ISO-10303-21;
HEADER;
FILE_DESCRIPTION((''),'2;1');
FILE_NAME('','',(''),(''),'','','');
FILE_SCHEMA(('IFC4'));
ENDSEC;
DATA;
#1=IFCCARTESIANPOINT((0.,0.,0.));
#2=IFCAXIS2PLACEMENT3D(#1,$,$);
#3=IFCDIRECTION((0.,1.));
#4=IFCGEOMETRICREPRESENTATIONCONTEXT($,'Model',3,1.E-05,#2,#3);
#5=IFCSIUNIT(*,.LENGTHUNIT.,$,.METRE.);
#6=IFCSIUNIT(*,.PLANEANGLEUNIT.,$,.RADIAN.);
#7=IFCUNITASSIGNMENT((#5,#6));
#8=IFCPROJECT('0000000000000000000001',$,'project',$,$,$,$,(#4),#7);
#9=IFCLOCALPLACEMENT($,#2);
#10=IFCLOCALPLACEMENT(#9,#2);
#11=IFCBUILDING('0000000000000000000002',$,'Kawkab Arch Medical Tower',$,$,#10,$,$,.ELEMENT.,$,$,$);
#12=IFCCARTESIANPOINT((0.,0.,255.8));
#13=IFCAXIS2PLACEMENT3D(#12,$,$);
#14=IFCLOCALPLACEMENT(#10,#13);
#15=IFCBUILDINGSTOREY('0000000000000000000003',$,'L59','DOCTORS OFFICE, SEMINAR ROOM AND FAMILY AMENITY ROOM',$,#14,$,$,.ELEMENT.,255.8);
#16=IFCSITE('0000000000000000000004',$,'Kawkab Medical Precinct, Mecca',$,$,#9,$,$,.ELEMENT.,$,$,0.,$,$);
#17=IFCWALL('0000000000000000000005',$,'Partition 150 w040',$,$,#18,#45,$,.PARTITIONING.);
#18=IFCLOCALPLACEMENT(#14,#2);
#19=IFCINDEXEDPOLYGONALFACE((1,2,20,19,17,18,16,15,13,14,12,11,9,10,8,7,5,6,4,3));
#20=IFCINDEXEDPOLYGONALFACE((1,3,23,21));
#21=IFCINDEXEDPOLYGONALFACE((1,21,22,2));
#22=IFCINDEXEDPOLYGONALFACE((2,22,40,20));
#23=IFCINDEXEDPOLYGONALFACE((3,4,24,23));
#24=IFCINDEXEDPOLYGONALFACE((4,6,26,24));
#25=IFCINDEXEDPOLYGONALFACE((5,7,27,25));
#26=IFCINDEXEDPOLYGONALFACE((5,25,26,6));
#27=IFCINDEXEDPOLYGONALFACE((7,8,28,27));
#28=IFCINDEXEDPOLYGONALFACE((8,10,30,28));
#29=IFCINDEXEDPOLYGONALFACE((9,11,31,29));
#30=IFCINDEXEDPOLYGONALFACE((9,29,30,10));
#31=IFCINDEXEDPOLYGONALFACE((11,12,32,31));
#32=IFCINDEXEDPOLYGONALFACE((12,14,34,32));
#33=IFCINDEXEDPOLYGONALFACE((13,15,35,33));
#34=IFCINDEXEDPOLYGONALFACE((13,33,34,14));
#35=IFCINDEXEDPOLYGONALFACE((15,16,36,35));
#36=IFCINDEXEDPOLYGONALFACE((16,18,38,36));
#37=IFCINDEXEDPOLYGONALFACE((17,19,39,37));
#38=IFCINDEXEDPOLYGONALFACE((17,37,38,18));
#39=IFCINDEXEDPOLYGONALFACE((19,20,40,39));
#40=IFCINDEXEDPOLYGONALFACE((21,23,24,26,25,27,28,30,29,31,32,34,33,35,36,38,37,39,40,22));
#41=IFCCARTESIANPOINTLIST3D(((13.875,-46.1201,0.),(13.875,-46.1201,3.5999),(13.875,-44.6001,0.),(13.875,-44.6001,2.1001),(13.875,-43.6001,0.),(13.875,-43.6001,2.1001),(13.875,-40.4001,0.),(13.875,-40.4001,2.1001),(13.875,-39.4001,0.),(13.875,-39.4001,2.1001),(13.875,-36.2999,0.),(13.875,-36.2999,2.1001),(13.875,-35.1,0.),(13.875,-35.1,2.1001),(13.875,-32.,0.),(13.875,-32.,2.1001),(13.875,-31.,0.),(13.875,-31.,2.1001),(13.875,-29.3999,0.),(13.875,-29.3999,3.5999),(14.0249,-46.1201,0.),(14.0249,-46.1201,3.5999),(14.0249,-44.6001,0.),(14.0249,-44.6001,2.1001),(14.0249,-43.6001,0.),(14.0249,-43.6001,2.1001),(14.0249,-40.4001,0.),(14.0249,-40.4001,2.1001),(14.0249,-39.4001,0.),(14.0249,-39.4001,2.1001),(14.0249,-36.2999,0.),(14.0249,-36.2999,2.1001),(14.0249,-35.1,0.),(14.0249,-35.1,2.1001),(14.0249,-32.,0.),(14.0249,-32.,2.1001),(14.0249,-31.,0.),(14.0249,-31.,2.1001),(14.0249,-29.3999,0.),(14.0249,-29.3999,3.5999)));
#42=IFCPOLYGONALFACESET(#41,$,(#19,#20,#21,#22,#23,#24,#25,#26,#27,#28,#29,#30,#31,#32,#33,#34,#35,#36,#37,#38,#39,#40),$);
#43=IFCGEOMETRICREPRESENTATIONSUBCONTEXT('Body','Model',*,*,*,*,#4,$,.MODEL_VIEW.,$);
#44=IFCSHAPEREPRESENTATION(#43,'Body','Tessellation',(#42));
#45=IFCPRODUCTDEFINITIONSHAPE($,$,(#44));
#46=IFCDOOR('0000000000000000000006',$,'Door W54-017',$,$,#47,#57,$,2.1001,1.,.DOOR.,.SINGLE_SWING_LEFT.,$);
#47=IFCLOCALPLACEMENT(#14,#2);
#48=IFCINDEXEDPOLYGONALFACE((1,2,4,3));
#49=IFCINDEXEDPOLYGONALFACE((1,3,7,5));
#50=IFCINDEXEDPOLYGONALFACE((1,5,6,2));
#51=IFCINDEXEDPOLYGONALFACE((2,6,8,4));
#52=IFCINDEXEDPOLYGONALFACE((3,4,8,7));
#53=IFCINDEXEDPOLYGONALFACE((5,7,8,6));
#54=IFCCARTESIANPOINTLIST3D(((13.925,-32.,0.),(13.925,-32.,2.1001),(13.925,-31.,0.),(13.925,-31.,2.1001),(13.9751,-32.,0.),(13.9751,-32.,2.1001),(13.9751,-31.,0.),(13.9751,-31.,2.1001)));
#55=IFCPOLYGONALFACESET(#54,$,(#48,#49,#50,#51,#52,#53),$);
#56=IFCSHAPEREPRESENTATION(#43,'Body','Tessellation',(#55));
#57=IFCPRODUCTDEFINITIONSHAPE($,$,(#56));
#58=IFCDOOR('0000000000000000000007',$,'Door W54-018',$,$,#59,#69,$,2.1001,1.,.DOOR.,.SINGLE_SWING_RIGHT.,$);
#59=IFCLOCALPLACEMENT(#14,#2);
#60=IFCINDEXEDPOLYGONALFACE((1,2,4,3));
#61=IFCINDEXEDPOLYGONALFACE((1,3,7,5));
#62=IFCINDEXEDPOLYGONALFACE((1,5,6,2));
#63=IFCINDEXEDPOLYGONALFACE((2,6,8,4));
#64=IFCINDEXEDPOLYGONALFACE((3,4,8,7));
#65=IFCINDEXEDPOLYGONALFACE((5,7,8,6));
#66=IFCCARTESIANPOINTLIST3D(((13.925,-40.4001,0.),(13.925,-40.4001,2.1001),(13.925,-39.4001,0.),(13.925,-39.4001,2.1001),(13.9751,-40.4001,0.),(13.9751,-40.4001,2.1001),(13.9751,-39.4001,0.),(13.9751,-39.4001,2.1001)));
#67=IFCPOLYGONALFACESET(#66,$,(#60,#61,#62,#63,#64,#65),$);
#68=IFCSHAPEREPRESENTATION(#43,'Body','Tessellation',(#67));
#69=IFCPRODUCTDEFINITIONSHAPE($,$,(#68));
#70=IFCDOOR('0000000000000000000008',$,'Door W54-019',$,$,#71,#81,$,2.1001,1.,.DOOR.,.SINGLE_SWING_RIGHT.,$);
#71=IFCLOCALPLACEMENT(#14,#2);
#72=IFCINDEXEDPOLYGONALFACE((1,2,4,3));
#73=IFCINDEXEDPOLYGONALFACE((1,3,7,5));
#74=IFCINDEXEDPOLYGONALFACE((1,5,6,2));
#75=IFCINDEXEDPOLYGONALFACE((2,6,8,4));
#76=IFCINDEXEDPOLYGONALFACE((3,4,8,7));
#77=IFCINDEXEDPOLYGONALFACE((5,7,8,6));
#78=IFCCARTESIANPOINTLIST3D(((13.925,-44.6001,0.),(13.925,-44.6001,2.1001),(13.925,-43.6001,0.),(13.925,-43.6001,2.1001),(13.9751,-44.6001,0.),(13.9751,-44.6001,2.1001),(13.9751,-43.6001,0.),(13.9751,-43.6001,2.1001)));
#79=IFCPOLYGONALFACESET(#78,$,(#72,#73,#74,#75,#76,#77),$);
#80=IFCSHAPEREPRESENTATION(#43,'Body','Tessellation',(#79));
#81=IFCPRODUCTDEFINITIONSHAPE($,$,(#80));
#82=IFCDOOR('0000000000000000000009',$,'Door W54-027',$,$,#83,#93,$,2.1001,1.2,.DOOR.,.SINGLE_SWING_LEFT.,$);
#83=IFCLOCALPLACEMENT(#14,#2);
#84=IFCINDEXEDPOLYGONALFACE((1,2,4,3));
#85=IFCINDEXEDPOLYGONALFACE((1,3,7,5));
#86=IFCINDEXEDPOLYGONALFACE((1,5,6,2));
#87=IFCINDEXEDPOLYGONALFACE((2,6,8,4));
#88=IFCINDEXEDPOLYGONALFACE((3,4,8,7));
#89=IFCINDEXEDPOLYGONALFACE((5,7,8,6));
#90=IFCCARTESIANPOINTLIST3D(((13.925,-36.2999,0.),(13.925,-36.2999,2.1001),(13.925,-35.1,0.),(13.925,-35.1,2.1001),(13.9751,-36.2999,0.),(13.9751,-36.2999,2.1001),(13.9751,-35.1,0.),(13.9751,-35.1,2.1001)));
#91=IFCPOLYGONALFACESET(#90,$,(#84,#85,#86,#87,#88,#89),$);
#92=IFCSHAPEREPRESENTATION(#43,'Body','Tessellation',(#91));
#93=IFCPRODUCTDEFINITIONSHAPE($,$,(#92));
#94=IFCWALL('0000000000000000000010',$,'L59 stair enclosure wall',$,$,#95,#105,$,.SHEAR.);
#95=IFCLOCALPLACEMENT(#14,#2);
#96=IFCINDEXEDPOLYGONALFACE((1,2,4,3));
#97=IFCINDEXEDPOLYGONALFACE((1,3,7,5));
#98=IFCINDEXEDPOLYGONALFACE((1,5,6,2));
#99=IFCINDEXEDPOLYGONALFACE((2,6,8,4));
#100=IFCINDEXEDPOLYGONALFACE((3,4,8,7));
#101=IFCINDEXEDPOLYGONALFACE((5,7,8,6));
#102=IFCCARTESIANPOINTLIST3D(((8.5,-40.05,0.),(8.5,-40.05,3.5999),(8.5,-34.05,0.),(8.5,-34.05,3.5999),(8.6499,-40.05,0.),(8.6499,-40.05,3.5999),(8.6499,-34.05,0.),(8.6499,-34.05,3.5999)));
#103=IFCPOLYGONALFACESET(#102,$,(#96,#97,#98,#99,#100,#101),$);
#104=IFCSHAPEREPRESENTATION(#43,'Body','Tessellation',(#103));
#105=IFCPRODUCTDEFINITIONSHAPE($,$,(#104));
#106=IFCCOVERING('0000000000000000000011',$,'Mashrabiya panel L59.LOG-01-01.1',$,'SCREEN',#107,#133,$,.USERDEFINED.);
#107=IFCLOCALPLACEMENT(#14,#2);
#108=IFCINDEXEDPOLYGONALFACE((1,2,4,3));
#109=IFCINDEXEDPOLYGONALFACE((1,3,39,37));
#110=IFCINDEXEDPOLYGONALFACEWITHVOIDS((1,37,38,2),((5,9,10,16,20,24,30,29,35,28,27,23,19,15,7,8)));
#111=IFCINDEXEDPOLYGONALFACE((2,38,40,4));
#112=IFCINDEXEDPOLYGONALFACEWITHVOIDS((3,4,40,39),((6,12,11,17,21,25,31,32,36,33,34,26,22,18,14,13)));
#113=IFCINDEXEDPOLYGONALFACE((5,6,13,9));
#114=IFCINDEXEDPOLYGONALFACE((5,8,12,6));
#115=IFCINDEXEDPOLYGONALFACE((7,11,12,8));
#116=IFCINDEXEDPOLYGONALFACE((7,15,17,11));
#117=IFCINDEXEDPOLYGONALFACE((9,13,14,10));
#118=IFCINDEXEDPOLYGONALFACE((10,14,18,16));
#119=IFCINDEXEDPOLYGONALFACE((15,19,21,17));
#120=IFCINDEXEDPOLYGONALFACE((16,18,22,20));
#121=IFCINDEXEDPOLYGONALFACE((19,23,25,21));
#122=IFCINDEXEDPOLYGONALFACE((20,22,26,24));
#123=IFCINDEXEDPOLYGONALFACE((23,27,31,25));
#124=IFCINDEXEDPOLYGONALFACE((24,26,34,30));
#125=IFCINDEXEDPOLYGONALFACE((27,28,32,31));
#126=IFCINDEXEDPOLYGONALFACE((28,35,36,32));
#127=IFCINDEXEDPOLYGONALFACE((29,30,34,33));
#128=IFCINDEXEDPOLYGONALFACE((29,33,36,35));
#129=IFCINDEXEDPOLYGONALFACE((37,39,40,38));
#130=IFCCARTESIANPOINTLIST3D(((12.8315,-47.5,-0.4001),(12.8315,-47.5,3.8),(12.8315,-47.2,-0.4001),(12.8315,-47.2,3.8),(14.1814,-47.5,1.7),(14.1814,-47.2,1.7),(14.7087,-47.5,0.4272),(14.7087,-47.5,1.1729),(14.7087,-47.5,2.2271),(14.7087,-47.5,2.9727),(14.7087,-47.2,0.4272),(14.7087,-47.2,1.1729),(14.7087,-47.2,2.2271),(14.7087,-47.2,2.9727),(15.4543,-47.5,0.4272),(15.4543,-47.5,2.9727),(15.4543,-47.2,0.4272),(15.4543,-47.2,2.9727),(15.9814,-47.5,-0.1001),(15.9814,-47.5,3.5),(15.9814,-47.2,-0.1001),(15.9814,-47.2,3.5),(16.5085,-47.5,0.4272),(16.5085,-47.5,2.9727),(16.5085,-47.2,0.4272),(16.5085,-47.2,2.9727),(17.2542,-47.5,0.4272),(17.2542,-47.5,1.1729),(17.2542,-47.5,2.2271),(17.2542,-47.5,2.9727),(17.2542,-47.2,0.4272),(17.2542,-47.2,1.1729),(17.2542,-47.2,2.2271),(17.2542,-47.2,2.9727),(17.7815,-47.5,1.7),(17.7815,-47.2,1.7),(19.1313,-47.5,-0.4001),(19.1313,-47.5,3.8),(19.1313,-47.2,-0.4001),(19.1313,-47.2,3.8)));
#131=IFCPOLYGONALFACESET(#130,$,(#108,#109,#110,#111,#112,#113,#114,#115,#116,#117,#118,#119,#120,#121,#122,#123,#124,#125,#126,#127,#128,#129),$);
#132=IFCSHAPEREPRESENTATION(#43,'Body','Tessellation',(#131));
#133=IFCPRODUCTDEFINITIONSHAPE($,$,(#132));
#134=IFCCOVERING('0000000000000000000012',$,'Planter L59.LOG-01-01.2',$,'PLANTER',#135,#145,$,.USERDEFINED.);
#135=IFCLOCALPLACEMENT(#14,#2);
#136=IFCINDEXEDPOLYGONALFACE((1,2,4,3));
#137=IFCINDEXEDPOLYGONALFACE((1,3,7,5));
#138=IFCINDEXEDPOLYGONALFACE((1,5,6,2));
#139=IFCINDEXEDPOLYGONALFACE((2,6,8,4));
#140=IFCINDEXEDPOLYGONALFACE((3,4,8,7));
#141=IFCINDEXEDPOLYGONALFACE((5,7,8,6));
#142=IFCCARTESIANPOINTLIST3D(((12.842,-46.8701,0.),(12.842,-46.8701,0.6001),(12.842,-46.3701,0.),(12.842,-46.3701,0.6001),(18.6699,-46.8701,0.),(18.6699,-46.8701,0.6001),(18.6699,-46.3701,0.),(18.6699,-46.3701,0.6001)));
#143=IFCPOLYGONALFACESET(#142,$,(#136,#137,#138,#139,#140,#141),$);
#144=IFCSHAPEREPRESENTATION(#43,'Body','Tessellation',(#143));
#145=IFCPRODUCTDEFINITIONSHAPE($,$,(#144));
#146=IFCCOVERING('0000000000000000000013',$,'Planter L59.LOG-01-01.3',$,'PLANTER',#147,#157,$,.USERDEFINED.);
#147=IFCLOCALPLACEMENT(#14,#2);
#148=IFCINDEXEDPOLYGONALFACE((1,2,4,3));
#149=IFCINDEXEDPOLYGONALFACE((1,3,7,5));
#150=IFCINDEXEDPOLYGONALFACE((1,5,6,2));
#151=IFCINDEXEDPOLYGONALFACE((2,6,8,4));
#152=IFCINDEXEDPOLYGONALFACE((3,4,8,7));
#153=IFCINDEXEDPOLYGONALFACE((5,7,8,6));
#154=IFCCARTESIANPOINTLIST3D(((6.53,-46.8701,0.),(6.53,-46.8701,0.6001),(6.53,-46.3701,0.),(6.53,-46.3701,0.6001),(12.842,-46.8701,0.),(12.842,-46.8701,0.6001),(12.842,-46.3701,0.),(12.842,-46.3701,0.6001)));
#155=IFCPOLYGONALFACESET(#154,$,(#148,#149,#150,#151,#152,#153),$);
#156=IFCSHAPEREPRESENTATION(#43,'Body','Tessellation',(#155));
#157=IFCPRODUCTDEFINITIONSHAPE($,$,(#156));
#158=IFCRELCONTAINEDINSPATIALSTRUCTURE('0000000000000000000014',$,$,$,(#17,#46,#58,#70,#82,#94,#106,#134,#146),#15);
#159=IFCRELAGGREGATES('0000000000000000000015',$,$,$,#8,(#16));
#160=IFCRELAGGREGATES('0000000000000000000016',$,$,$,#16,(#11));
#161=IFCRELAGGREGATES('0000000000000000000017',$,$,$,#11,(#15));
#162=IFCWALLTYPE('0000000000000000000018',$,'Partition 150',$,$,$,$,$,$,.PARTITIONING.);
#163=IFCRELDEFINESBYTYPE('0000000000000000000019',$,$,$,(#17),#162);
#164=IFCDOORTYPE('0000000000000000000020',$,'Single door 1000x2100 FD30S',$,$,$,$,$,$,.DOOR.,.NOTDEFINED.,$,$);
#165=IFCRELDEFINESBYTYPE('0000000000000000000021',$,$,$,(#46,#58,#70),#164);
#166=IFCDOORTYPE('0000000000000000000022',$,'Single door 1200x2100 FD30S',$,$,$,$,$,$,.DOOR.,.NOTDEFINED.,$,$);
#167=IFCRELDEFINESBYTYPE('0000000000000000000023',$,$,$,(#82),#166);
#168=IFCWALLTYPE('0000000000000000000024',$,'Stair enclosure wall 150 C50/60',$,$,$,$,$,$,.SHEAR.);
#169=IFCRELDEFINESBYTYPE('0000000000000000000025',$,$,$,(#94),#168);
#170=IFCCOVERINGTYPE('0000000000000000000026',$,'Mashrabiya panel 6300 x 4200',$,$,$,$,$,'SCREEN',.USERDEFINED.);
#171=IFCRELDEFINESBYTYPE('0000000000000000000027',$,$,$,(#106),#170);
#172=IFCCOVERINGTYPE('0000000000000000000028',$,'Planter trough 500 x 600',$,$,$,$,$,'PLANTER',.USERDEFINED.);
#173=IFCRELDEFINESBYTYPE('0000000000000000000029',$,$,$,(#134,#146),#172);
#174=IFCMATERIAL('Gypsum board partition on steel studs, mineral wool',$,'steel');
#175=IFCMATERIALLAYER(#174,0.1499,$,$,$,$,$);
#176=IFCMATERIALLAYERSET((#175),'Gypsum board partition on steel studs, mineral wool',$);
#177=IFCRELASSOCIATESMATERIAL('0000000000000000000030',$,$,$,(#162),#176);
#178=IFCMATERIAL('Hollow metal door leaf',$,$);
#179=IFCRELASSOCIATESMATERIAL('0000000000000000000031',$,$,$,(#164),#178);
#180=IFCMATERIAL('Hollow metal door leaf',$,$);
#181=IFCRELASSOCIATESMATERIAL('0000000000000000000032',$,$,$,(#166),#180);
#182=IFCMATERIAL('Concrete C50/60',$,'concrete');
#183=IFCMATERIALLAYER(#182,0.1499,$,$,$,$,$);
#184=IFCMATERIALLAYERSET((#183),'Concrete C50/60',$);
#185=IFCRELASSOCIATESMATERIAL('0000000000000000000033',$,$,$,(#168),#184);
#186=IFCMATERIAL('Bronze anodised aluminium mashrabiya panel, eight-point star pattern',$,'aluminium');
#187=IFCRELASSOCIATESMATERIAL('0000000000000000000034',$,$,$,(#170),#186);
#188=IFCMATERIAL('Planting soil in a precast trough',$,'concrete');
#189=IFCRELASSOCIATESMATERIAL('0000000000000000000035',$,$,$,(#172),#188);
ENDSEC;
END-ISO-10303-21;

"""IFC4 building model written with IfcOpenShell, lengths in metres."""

from ifc_helpers import new_model, si_unit, direction, frame, frame_2d, origin, origin_2d, place, context, subcontext, project, spatial, polyline, rectangle, outline, extrude, material, layer, layer_set, material_profile, profile_set, type_object, element, fill, save


model = new_model("IFC4")

# Units and contexts
model_context = context("Model", 3, precision=1e-05, world=origin(), true_north=direction((0.0, 1.0)))
body_context = subcontext(model_context, "Body", "Model", "MODEL_VIEW")
ifc_project = project(units=[si_unit("LENGTHUNIT", "METRE"), si_unit("PLANEANGLEUNIT", "RADIAN")], contexts=[model_context])

# Site, building, storey
site_placement = place(None, origin())
site = spatial("IfcSite", under=ifc_project, at=site_placement, Name="Kawkab Medical Precinct, Mecca", CompositionType="ELEMENT", RefElevation=0.0)
building_placement = place(site_placement, origin())
building = spatial("IfcBuilding", under=site, at=building_placement, Name="Kawkab Arch Medical Tower", CompositionType="ELEMENT")
storey_placement = place(building_placement, frame((0.0, 0.0, 255.8)))
storey = spatial("IfcBuildingStorey", under=building, at=storey_placement, Name="L59", Description="DOCTORS OFFICE, SEMINAR ROOM AND FAMILY AMENITY ROOM", CompositionType="ELEMENT", Elevation=255.8)

# Shared definitions
ifc_material_1 = material(Name="Gypsum board partition on steel studs, mineral wool", Category="steel")
ifc_layer_1 = layer(ifc_material_1, 0.1499)
ifc_layer_set_1 = layer_set([ifc_layer_1], Name="Gypsum board partition on steel studs, mineral wool")
wall_type_1 = type_object("IfcWallType", Name="Partition 150", PredefinedType="PARTITIONING", material=ifc_layer_set_1)

# Shared definitions
ifc_material_2 = material(Name="Hollow metal door leaf")
door_type_1 = type_object("IfcDoorType", Name="Single door 1000x2100 FD30S", OperationType="NOTDEFINED", PredefinedType="DOOR", material=ifc_material_2)

# Wall, openings, doors
wall_1_placement = place(storey_placement, frame((13.95, -46.1201, 0.0), z_axis=(0.0, 0.0, 1.0), x_axis=(0.0, 1.0, 0.0)))
wall_1 = element("IfcWall", 1, at=wall_1_placement, inside=storey, type_object=wall_type_1, Name="Partition 150 w040", PredefinedType="PARTITIONING", context=body_context, shape_type="SweptSolid", body=[
    extrude(rectangle(XDim=16.7202, YDim=0.1499, at=frame_2d((8.3601, 0.0))), origin(), (0.0, 0.0, 1.0), 3.5999),
])
opening_1_placement = place(wall_1_placement, frame((14.1201, 0.0, 0.0)))
opening_1 = element("IfcOpeningElement", 2, at=opening_1_placement, cuts=wall_1, PredefinedType="OPENING", context=body_context, shape_type="SweptSolid", body=[
    extrude(rectangle(XDim=1.0, YDim=2.1001, at=frame_2d((0.5, 1.05))), frame((0.0, 0.085, 0.0), z_axis=(0.0, -1.0, 0.0), x_axis=(1.0, 0.0, 0.0)), (0.0, 0.0, 1.0), 0.1699),
])
opening_2_placement = place(wall_1_placement, frame((9.8201, 0.0, 0.0)))
opening_2 = element("IfcOpeningElement", 3, at=opening_2_placement, cuts=wall_1, PredefinedType="OPENING", context=body_context, shape_type="SweptSolid", body=[
    extrude(rectangle(XDim=1.2, YDim=2.1001, at=frame_2d((0.6001, 1.05))), frame((0.0, 0.085, 0.0), z_axis=(0.0, -1.0, 0.0), x_axis=(1.0, 0.0, 0.0)), (0.0, 0.0, 1.0), 0.1699),
])
opening_3_placement = place(wall_1_placement, frame((5.72, 0.0, 0.0)))
opening_3 = element("IfcOpeningElement", 4, at=opening_3_placement, cuts=wall_1, PredefinedType="OPENING", context=body_context, shape_type="SweptSolid", body=[
    extrude(rectangle(XDim=1.0, YDim=2.1001, at=frame_2d((0.5, 1.05))), frame((0.0, 0.085, 0.0), z_axis=(0.0, -1.0, 0.0), x_axis=(1.0, 0.0, 0.0)), (0.0, 0.0, 1.0), 0.1699),
])
opening_4_placement = place(wall_1_placement, frame((1.52, 0.0, 0.0)))
opening_4 = element("IfcOpeningElement", 5, at=opening_4_placement, cuts=wall_1, PredefinedType="OPENING", context=body_context, shape_type="SweptSolid", body=[
    extrude(rectangle(XDim=1.0, YDim=2.1001, at=frame_2d((0.5, 1.05))), frame((0.0, 0.085, 0.0), z_axis=(0.0, -1.0, 0.0), x_axis=(1.0, 0.0, 0.0)), (0.0, 0.0, 1.0), 0.1699),
])
door_1_placement = place(opening_1_placement, origin())
door_1 = element("IfcDoor", 6, at=door_1_placement, inside=storey, type_object=door_type_1, Name="Door W54-017", OperationType="SINGLE_SWING_LEFT", OverallHeight=2.1001, OverallWidth=1.0, PredefinedType="DOOR", context=body_context, shape_type="SweptSolid", body=[
    extrude(rectangle(XDim=1.0, YDim=2.1001, at=frame_2d((0.5, 1.05))), frame((0.0, 0.0249, 0.0), z_axis=(0.0, -1.0, 0.0), x_axis=(1.0, 0.0, 0.0)), (0.0, 0.0, 1.0), 0.05),
])
fill(opening_1, door_1)
door_2_placement = place(opening_3_placement, origin())
door_2 = element("IfcDoor", 7, at=door_2_placement, inside=storey, type_object=door_type_1, Name="Door W54-018", OperationType="SINGLE_SWING_RIGHT", OverallHeight=2.1001, OverallWidth=1.0, PredefinedType="DOOR", context=body_context, shape_type="SweptSolid", body=[
    extrude(rectangle(XDim=1.0, YDim=2.1001, at=frame_2d((0.5, 1.05))), frame((0.0, 0.0249, 0.0), z_axis=(0.0, -1.0, 0.0), x_axis=(1.0, 0.0, 0.0)), (0.0, 0.0, 1.0), 0.05),
])
fill(opening_3, door_2)
door_3_placement = place(opening_4_placement, origin())
door_3 = element("IfcDoor", 8, at=door_3_placement, inside=storey, type_object=door_type_1, Name="Door W54-019", OperationType="SINGLE_SWING_RIGHT", OverallHeight=2.1001, OverallWidth=1.0, PredefinedType="DOOR", context=body_context, shape_type="SweptSolid", body=[
    extrude(rectangle(XDim=1.0, YDim=2.1001, at=frame_2d((0.5, 1.05))), frame((0.0, 0.0249, 0.0), z_axis=(0.0, -1.0, 0.0), x_axis=(1.0, 0.0, 0.0)), (0.0, 0.0, 1.0), 0.05),
])
fill(opening_4, door_3)
ifc_material_3 = material(Name="Hollow metal door leaf")
door_type_2 = type_object("IfcDoorType", Name="Single door 1200x2100 FD30S", OperationType="NOTDEFINED", PredefinedType="DOOR", material=ifc_material_3)
door_4_placement = place(opening_2_placement, origin())
door_4 = element("IfcDoor", 9, at=door_4_placement, inside=storey, type_object=door_type_2, Name="Door W54-027", OperationType="SINGLE_SWING_LEFT", OverallHeight=2.1001, OverallWidth=1.2, PredefinedType="DOOR", context=body_context, shape_type="SweptSolid", body=[
    extrude(rectangle(XDim=1.2, YDim=2.1001, at=frame_2d((0.6001, 1.05))), frame((0.0, 0.0249, 0.0), z_axis=(0.0, -1.0, 0.0), x_axis=(1.0, 0.0, 0.0)), (0.0, 0.0, 1.0), 0.05),
])
fill(opening_2, door_4)

# Wall
ifc_material_4 = material(Name="Concrete C50/60", Category="concrete")
ifc_layer_2 = layer(ifc_material_4, 0.1499)
ifc_layer_set_2 = layer_set([ifc_layer_2], Name="Concrete C50/60")
wall_type_2 = type_object("IfcWallType", Name="Stair enclosure wall 150 C50/60", PredefinedType="SHEAR", material=ifc_layer_set_2)
wall_2_placement = place(storey_placement, frame((8.575, -40.05, 0.0), z_axis=(0.0, 0.0, 1.0), x_axis=(0.0, 1.0, 0.0)))
element("IfcWall", 10, at=wall_2_placement, inside=storey, type_object=wall_type_2, Name="L59 stair enclosure wall", PredefinedType="SHEAR", context=body_context, shape_type="SweptSolid", body=[
    extrude(rectangle(XDim=6.0, YDim=0.1499, at=frame_2d((3.0, 0.0))), origin(), (0.0, 0.0, 1.0), 3.5999),
])

# Coverings
ifc_material_5 = material(Name="Bronze anodised aluminium mashrabiya panel, eight-point star pattern", Category="aluminium")
ifc_material_profile_1 = material_profile(ifc_material_5, outline(polyline([(-3.1499, -2.1001), (3.1499, -2.1001), (3.1499, 2.1001), (-3.1499, 2.1001), (-3.1499, -2.1001)]), holes=[polyline([(1.8, 0.0), (1.2727, 0.5271), (1.2727, 1.2727), (0.5271, 1.2727), (0.0, 1.8), (-0.5271, 1.2727), (-1.2727, 1.2727), (-1.2727, 0.5271), (-1.8, 0.0), (-1.2727, -0.5271), (-1.2727, -1.2727), (-0.5271, -1.2727), (0.0, -1.8), (0.5271, -1.2727), (1.2727, -1.2727), (1.2727, -0.5271), (1.8, 0.0)])]), Name="Mashrabiya panel 6300x4200")
ifc_profile_set_1 = profile_set([ifc_material_profile_1], Name="Bronze anodised aluminium mashrabiya panel, eight-point star pattern")
covering_type_1 = type_object("IfcCoveringType", Name="Mashrabiya panel 6300 x 4200", ElementType="SCREEN", PredefinedType="USERDEFINED", material=ifc_profile_set_1)
covering_1_placement = place(storey_placement, frame((15.9814, -47.2, 1.7), z_axis=(0.0, -1.0, 0.0), x_axis=(1.0, 0.0, 0.0)))
element("IfcCovering", 11, at=covering_1_placement, inside=storey, type_object=covering_type_1, Name="Mashrabiya panel L59.LOG-01-01.1", ObjectType="SCREEN", PredefinedType="USERDEFINED", context=body_context, shape_type="SweptSolid", body=[
    extrude(outline(polyline([(-3.1499, -2.1001), (3.1499, -2.1001), (3.1499, 2.1001), (-3.1499, 2.1001), (-3.1499, -2.1001)]), holes=[polyline([(1.8, 0.0), (1.2727, 0.5271), (1.2727, 1.2727), (0.5271, 1.2727), (0.0, 1.8), (-0.5271, 1.2727), (-1.2727, 1.2727), (-1.2727, 0.5271), (-1.8, 0.0), (-1.2727, -0.5271), (-1.2727, -1.2727), (-0.5271, -1.2727), (0.0, -1.8), (0.5271, -1.2727), (1.2727, -1.2727), (1.2727, -0.5271), (1.8, 0.0)])]), origin(), (0.0, 0.0, 1.0), 0.3),
])
ifc_material_6 = material(Name="Planting soil in a precast trough", Category="concrete")
ifc_material_profile_2 = material_profile(ifc_material_6, rectangle(XDim=0.5, YDim=0.6001, at=origin_2d()), Name="Trough 500x600")
ifc_profile_set_2 = profile_set([ifc_material_profile_2], Name="Planting soil in a precast trough")
covering_type_2 = type_object("IfcCoveringType", Name="Planter trough 500 x 600", ElementType="PLANTER", PredefinedType="USERDEFINED", material=ifc_profile_set_2)
covering_2_placement = place(storey_placement, frame((18.6699, -46.6201, 0.3), z_axis=(-1.0, 0.0, 0.0), x_axis=(0.0, -1.0, 0.0)))
element("IfcCovering", 12, at=covering_2_placement, inside=storey, type_object=covering_type_2, Name="Planter L59.LOG-01-01.2", ObjectType="PLANTER", PredefinedType="USERDEFINED", context=body_context, shape_type="SweptSolid", body=[
    extrude(rectangle(XDim=0.5, YDim=0.6001, at=origin_2d()), origin(), (0.0, 0.0, 1.0), 5.8279),
])
covering_3_placement = place(storey_placement, frame((12.842, -46.6201, 0.3), z_axis=(-1.0, 0.0, 0.0), x_axis=(0.0, -1.0, 0.0)))
element("IfcCovering", 13, at=covering_3_placement, inside=storey, type_object=covering_type_2, Name="Planter L59.LOG-01-01.3", ObjectType="PLANTER", PredefinedType="USERDEFINED", context=body_context, shape_type="SweptSolid", body=[
    extrude(rectangle(XDim=0.5, YDim=0.6001, at=origin_2d()), origin(), (0.0, 0.0, 1.0), 6.312),
])

save(model, "model.ifc")
